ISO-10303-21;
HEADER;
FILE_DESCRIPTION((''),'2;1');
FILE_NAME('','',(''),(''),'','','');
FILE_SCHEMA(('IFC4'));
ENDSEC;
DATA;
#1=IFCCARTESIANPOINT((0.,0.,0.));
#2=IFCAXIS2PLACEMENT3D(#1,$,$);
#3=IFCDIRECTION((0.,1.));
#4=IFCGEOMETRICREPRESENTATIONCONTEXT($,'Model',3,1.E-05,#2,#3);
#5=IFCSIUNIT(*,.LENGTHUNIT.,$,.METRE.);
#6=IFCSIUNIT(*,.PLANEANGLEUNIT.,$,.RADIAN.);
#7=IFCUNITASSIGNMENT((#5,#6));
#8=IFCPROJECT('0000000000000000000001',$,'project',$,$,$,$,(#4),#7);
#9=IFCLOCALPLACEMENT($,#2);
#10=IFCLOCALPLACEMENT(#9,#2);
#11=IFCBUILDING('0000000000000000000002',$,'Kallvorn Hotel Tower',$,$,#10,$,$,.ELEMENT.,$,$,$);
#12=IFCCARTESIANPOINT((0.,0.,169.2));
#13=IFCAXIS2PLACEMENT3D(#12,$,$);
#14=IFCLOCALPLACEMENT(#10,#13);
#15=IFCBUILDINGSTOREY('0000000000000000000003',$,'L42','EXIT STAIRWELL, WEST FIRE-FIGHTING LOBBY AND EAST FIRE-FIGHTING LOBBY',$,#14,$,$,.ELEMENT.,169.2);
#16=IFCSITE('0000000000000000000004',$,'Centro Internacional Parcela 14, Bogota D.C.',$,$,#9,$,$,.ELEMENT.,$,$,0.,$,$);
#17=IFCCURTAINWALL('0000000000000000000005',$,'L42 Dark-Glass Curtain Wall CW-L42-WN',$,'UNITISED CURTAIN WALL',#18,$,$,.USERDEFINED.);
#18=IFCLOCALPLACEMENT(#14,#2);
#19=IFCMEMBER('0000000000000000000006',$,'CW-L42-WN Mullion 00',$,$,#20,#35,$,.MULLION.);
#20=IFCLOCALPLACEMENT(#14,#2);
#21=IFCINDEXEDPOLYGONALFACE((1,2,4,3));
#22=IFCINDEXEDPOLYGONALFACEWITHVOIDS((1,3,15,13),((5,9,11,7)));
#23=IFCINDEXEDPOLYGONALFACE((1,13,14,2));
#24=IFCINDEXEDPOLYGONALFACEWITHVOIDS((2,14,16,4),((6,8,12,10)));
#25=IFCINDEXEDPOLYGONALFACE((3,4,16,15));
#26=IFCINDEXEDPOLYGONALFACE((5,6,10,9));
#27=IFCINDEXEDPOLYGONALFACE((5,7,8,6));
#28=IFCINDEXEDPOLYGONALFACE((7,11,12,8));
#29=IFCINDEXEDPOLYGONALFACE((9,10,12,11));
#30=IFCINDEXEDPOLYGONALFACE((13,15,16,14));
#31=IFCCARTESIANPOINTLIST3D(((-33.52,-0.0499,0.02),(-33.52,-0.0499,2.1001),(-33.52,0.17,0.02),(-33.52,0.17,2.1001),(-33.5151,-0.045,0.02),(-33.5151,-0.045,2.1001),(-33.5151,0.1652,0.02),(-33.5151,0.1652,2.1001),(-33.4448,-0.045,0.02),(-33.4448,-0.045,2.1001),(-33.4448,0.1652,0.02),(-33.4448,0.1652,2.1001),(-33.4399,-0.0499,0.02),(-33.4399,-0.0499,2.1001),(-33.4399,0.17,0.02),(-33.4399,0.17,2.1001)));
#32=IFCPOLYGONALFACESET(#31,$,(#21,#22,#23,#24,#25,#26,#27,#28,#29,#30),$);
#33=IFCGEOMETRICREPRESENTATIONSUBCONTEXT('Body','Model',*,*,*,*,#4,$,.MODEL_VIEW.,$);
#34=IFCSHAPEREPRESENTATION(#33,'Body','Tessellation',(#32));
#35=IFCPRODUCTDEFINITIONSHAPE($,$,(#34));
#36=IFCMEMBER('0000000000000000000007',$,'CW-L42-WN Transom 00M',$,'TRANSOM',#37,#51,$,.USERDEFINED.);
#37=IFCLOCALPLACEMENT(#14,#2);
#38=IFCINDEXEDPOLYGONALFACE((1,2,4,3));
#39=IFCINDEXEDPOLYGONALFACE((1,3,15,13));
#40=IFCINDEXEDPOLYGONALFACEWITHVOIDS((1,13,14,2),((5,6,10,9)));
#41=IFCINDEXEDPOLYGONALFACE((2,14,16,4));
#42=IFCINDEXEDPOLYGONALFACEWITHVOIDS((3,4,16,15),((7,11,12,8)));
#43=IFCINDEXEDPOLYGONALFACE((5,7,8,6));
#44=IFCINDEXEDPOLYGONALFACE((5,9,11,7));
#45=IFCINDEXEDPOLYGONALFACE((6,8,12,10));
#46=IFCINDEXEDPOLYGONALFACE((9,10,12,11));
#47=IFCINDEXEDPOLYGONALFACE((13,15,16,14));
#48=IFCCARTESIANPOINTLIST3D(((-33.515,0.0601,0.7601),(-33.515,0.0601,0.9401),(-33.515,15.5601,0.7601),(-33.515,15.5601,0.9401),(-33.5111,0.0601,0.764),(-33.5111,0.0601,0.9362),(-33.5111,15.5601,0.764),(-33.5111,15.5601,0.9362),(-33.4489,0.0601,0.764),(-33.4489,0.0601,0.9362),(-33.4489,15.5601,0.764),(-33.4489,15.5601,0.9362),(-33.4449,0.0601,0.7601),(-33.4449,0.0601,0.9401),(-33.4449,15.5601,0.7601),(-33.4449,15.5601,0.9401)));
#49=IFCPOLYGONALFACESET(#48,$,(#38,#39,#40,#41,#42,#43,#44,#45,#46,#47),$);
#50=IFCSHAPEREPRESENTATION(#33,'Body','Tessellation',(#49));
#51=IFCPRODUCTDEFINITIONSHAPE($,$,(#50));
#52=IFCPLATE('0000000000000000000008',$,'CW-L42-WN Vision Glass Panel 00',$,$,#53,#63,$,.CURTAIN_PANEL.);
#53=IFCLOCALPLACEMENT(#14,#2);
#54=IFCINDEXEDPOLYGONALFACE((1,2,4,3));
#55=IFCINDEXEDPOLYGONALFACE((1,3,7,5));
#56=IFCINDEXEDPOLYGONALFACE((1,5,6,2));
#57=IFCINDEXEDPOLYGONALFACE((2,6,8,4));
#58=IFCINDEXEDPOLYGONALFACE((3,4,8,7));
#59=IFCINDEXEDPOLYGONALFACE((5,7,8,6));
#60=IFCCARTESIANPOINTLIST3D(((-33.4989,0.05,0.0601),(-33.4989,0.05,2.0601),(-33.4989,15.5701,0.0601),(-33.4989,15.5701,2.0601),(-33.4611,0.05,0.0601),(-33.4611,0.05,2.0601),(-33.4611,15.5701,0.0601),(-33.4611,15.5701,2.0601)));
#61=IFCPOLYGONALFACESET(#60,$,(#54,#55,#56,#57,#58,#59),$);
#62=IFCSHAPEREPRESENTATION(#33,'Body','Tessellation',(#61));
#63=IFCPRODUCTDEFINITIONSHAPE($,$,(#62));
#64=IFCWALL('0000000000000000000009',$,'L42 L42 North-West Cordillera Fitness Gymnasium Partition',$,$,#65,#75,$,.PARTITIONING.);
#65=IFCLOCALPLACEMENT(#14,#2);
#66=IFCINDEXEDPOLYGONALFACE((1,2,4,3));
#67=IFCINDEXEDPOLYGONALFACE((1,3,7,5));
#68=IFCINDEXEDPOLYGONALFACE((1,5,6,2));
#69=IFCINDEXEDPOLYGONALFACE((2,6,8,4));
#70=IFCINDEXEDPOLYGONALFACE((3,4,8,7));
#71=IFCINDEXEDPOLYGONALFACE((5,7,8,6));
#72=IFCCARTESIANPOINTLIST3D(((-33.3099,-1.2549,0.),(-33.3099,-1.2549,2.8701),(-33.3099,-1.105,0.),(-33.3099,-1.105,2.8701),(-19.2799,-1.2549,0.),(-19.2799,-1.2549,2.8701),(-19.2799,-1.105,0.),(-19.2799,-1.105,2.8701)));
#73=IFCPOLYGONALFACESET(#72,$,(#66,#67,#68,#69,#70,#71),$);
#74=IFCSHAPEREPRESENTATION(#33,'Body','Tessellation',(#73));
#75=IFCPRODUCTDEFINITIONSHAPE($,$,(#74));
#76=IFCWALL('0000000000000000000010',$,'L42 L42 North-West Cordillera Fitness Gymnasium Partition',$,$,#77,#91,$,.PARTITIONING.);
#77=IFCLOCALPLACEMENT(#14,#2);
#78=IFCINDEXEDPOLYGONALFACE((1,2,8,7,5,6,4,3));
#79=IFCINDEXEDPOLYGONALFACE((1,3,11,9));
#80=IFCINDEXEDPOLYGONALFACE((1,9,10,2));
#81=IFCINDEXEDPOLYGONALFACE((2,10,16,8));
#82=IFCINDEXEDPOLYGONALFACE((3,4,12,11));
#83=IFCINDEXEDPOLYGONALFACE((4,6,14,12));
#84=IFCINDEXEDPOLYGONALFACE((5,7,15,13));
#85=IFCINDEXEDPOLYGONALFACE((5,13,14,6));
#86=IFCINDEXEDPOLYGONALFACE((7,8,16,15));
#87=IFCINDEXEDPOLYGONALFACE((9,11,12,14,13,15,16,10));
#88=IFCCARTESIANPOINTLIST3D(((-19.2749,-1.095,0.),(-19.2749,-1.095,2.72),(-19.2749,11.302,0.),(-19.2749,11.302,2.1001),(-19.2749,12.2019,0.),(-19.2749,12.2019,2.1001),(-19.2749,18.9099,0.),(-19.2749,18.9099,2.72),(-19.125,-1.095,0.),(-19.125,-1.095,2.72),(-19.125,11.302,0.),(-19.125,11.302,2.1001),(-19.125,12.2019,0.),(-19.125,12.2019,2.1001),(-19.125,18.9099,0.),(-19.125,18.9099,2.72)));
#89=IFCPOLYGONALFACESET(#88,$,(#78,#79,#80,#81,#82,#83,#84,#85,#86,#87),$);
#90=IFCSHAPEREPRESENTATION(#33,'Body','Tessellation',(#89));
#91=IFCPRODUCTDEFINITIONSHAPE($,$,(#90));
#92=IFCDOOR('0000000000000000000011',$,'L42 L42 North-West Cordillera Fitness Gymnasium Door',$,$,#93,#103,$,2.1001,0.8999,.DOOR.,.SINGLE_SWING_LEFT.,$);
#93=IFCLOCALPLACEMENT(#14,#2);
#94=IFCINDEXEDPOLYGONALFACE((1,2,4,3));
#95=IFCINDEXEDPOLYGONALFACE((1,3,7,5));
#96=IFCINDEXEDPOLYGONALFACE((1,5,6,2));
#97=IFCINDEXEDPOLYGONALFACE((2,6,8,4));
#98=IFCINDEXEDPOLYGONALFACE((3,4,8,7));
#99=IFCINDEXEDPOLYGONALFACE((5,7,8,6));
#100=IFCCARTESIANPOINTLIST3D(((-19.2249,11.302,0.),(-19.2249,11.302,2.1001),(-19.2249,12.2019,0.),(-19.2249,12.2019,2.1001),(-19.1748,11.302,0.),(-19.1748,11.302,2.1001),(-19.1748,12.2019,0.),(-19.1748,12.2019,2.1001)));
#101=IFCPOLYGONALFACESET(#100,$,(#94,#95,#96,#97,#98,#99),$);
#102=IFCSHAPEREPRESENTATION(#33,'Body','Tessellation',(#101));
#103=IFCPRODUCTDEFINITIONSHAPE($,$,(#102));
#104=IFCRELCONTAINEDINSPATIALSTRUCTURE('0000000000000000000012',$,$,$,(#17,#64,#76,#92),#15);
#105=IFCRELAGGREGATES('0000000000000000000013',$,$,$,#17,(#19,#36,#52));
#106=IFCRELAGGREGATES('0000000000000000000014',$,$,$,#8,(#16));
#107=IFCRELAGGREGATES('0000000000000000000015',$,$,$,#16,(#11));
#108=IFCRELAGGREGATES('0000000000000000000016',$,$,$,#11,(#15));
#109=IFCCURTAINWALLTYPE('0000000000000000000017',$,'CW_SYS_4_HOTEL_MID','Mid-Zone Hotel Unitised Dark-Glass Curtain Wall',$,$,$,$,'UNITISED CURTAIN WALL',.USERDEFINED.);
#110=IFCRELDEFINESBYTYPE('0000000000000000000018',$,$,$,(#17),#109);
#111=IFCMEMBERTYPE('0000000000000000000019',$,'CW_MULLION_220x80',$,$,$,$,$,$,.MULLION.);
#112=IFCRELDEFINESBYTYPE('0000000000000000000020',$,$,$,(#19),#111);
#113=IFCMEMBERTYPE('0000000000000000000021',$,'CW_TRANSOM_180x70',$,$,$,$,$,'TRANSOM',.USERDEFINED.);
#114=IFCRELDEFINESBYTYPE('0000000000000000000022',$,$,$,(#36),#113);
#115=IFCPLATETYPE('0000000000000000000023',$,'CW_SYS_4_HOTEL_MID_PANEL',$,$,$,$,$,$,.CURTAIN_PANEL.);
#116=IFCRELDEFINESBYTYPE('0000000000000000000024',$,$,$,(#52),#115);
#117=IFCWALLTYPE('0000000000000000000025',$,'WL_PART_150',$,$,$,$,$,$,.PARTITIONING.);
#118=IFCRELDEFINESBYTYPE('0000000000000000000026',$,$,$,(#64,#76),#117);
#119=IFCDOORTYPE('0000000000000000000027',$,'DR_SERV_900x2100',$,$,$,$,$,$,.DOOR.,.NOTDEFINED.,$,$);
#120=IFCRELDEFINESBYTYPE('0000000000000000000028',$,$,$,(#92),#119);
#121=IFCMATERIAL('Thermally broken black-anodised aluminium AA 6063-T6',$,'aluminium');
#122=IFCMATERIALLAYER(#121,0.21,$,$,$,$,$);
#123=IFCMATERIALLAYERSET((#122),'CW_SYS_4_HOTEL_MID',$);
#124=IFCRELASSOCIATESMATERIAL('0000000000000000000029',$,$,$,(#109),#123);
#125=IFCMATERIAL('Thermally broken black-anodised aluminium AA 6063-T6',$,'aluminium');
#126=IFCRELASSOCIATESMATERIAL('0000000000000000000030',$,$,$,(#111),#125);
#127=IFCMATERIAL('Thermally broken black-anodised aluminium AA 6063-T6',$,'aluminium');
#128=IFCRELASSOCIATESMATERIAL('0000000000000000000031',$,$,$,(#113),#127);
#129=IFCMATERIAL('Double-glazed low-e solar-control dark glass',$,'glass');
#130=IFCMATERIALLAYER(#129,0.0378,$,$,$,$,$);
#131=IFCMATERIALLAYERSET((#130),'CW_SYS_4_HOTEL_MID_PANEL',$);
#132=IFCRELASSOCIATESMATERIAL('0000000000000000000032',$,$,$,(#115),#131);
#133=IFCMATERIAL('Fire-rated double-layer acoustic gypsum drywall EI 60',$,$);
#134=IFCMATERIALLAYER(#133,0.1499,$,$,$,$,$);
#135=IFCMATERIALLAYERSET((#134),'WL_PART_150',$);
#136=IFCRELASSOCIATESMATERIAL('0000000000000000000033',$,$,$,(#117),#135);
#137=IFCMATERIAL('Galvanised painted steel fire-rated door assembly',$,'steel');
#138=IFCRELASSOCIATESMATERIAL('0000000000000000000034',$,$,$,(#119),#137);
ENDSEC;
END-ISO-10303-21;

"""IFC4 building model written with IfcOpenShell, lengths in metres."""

from ifc_helpers import new_model, si_unit, direction, frame, frame_2d, origin, origin_2d, place, context, subcontext, project, spatial, rectangle, hollow_rectangle, extrude, material, layer, layer_set, material_profile, profile_set, type_object, element, fill, aggregate, save


model = new_model("IFC4")

# Units and contexts
model_context = context("Model", 3, precision=1e-05, world=origin(), true_north=direction((0.0, 1.0)))
body_context = subcontext(model_context, "Body", "Model", "MODEL_VIEW")
ifc_project = project(units=[si_unit("LENGTHUNIT", "METRE"), si_unit("PLANEANGLEUNIT", "RADIAN")], contexts=[model_context])

# Site, building, storey
site_placement = place(None, origin())
site = spatial("IfcSite", under=ifc_project, at=site_placement, Name="Centro Internacional Parcela 14, Bogota D.C.", CompositionType="ELEMENT", RefElevation=0.0)
building_placement = place(site_placement, origin())
building = spatial("IfcBuilding", under=site, at=building_placement, Name="Kallvorn Hotel Tower", CompositionType="ELEMENT")
storey_placement = place(building_placement, frame((0.0, 0.0, 169.2)))
storey = spatial("IfcBuildingStorey", under=building, at=storey_placement, Name="L42", Description="EXIT STAIRWELL, WEST FIRE-FIGHTING LOBBY AND EAST FIRE-FIGHTING LOBBY", CompositionType="ELEMENT", Elevation=169.2)

# Curtain wall, members, plate
ifc_material_1 = material(Name="Thermally broken black-anodised aluminium AA 6063-T6", Category="aluminium")
ifc_layer_1 = layer(ifc_material_1, 0.21)
ifc_layer_set_1 = layer_set([ifc_layer_1], Name="CW_SYS_4_HOTEL_MID")
curtain_wall_type = type_object("IfcCurtainWallType", Name="CW_SYS_4_HOTEL_MID", Description="Mid-Zone Hotel Unitised Dark-Glass Curtain Wall", ElementType="UNITISED CURTAIN WALL", PredefinedType="USERDEFINED", material=ifc_layer_set_1)
curtain_wall_placement = place(storey_placement, origin())
curtain_wall = element("IfcCurtainWall", 1, at=curtain_wall_placement, inside=storey, type_object=curtain_wall_type, Name="L42 Dark-Glass Curtain Wall CW-L42-WN", ObjectType="UNITISED CURTAIN WALL", PredefinedType="USERDEFINED")
ifc_material_2 = material(Name="Thermally broken black-anodised aluminium AA 6063-T6", Category="aluminium")
ifc_material_profile_1 = material_profile(ifc_material_2, hollow_rectangle(XDim=0.0801, YDim=0.22, WallThickness=0.0049, at=origin_2d()), Name="MUL 220x80")
ifc_profile_set_1 = profile_set([ifc_material_profile_1], Name="Thermally broken black-anodised aluminium AA 6063-T6")
member_type_1 = type_object("IfcMemberType", Name="CW_MULLION_220x80", PredefinedType="MULLION", material=ifc_profile_set_1)
member_1_placement = place(storey_placement, frame((-33.48, 0.0601, 0.02), z_axis=(0.0, 0.0, 1.0), x_axis=(1.0, 0.0, 0.0)))
member_1 = element("IfcMember", 2, at=member_1_placement, type_object=member_type_1, Name="CW-L42-WN Mullion 00", PredefinedType="MULLION", context=body_context, shape_type="SweptSolid", body=[
    extrude(hollow_rectangle(XDim=0.0801, YDim=0.22, WallThickness=0.0049, at=origin_2d()), origin(), (0.0, 0.0, 1.0), 2.0801),
])
ifc_material_3 = material(Name="Thermally broken black-anodised aluminium AA 6063-T6", Category="aluminium")
ifc_material_profile_2 = material_profile(ifc_material_3, hollow_rectangle(XDim=0.0701, YDim=0.1799, WallThickness=0.0039, at=origin_2d()), Name="TRN 180x70")
ifc_profile_set_2 = profile_set([ifc_material_profile_2], Name="Thermally broken black-anodised aluminium AA 6063-T6")
member_type_2 = type_object("IfcMemberType", Name="CW_TRANSOM_180x70", ElementType="TRANSOM", PredefinedType="USERDEFINED", material=ifc_profile_set_2)
member_2_placement = place(storey_placement, frame((-33.48, 0.0601, 0.8501), z_axis=(0.0, 1.0, 0.0), x_axis=(-1.0, 0.0, 0.0)))
member_2 = element("IfcMember", 3, at=member_2_placement, type_object=member_type_2, Name="CW-L42-WN Transom 00M", ObjectType="TRANSOM", PredefinedType="USERDEFINED", context=body_context, shape_type="SweptSolid", body=[
    extrude(hollow_rectangle(XDim=0.0701, YDim=0.1799, WallThickness=0.0039, at=origin_2d()), origin(), (0.0, 0.0, 1.0), 15.5),
])
ifc_material_4 = material(Name="Double-glazed low-e solar-control dark glass", Category="glass")
ifc_layer_2 = layer(ifc_material_4, 0.0378)
ifc_layer_set_2 = layer_set([ifc_layer_2], Name="CW_SYS_4_HOTEL_MID_PANEL")
plate_type = type_object("IfcPlateType", Name="CW_SYS_4_HOTEL_MID_PANEL", PredefinedType="CURTAIN_PANEL", material=ifc_layer_set_2)
plate_placement = place(storey_placement, frame((-33.48, 7.8101, 0.0601), z_axis=(0.0, 0.0, 1.0), x_axis=(0.0, 1.0, 0.0)))
plate = element("IfcPlate", 4, at=plate_placement, type_object=plate_type, Name="CW-L42-WN Vision Glass Panel 00", PredefinedType="CURTAIN_PANEL", context=body_context, shape_type="SweptSolid", body=[
    extrude(rectangle(XDim=15.52, YDim=0.0378, at=origin_2d()), origin(), (0.0, 0.0, 1.0), 2.0),
])
aggregate(curtain_wall, [member_1, member_2, plate])

# Wall
ifc_material_5 = material(Name="Fire-rated double-layer acoustic gypsum drywall EI 60")
ifc_layer_3 = layer(ifc_material_5, 0.1499)
ifc_layer_set_3 = layer_set([ifc_layer_3], Name="WL_PART_150")
wall_type = type_object("IfcWallType", Name="WL_PART_150", PredefinedType="PARTITIONING", material=ifc_layer_set_3)
wall_1_placement = place(storey_placement, frame((-33.3101, -1.1799, 0.0), z_axis=(0.0, 0.0, 1.0), x_axis=(1.0, 0.0, 0.0)))
element("IfcWall", 5, at=wall_1_placement, inside=storey, type_object=wall_type, Name="L42 L42 North-West Cordillera Fitness Gymnasium Partition", PredefinedType="PARTITIONING", context=body_context, shape_type="SweptSolid", body=[
    extrude(rectangle(XDim=14.03, YDim=0.1499, at=frame_2d((7.0151, 0.0))), origin(), (0.0, 0.0, 1.0), 2.8701),
])

# Wall, opening, door
wall_2_placement = place(storey_placement, frame((-19.2, -1.095, 0.0), z_axis=(0.0, 0.0, 1.0), x_axis=(0.0, 1.0, 0.0)))
wall_2 = element("IfcWall", 6, at=wall_2_placement, inside=storey, type_object=wall_type, Name="L42 L42 North-West Cordillera Fitness Gymnasium Partition", PredefinedType="PARTITIONING", context=body_context, shape_type="SweptSolid", body=[
    extrude(rectangle(XDim=20.0049, YDim=0.1499, at=frame_2d((10.0024, 0.0))), origin(), (0.0, 0.0, 1.0), 2.72),
])
opening_placement = place(wall_2_placement, frame((12.397, 0.0, 0.0)))
opening = element("IfcOpeningElement", 7, at=opening_placement, cuts=wall_2, PredefinedType="OPENING", context=body_context, shape_type="SweptSolid", body=[
    extrude(rectangle(XDim=0.8999, YDim=2.1001, at=frame_2d((0.45, 1.05))), frame((0.0, 0.0898, 0.0), z_axis=(0.0, -1.0, 0.0), x_axis=(1.0, 0.0, 0.0)), (0.0, 0.0, 1.0), 0.1799),
])
ifc_material_6 = material(Name="Galvanised painted steel fire-rated door assembly", Category="steel")
door_type = type_object("IfcDoorType", Name="DR_SERV_900x2100", OperationType="NOTDEFINED", PredefinedType="DOOR", material=ifc_material_6)
door_placement = place(opening_placement, origin())
door = element("IfcDoor", 8, at=door_placement, inside=storey, type_object=door_type, Name="L42 L42 North-West Cordillera Fitness Gymnasium Door", OperationType="SINGLE_SWING_LEFT", OverallHeight=2.1001, OverallWidth=0.8999, PredefinedType="DOOR", context=body_context, shape_type="SweptSolid", body=[
    extrude(rectangle(XDim=0.8999, YDim=2.1001, at=frame_2d((0.45, 1.05))), frame((0.0, 0.0249, 0.0), z_axis=(0.0, -1.0, 0.0), x_axis=(1.0, 0.0, 0.0)), (0.0, 0.0, 1.0), 0.05),
])
fill(opening, door)

save(model, "model.ifc")
